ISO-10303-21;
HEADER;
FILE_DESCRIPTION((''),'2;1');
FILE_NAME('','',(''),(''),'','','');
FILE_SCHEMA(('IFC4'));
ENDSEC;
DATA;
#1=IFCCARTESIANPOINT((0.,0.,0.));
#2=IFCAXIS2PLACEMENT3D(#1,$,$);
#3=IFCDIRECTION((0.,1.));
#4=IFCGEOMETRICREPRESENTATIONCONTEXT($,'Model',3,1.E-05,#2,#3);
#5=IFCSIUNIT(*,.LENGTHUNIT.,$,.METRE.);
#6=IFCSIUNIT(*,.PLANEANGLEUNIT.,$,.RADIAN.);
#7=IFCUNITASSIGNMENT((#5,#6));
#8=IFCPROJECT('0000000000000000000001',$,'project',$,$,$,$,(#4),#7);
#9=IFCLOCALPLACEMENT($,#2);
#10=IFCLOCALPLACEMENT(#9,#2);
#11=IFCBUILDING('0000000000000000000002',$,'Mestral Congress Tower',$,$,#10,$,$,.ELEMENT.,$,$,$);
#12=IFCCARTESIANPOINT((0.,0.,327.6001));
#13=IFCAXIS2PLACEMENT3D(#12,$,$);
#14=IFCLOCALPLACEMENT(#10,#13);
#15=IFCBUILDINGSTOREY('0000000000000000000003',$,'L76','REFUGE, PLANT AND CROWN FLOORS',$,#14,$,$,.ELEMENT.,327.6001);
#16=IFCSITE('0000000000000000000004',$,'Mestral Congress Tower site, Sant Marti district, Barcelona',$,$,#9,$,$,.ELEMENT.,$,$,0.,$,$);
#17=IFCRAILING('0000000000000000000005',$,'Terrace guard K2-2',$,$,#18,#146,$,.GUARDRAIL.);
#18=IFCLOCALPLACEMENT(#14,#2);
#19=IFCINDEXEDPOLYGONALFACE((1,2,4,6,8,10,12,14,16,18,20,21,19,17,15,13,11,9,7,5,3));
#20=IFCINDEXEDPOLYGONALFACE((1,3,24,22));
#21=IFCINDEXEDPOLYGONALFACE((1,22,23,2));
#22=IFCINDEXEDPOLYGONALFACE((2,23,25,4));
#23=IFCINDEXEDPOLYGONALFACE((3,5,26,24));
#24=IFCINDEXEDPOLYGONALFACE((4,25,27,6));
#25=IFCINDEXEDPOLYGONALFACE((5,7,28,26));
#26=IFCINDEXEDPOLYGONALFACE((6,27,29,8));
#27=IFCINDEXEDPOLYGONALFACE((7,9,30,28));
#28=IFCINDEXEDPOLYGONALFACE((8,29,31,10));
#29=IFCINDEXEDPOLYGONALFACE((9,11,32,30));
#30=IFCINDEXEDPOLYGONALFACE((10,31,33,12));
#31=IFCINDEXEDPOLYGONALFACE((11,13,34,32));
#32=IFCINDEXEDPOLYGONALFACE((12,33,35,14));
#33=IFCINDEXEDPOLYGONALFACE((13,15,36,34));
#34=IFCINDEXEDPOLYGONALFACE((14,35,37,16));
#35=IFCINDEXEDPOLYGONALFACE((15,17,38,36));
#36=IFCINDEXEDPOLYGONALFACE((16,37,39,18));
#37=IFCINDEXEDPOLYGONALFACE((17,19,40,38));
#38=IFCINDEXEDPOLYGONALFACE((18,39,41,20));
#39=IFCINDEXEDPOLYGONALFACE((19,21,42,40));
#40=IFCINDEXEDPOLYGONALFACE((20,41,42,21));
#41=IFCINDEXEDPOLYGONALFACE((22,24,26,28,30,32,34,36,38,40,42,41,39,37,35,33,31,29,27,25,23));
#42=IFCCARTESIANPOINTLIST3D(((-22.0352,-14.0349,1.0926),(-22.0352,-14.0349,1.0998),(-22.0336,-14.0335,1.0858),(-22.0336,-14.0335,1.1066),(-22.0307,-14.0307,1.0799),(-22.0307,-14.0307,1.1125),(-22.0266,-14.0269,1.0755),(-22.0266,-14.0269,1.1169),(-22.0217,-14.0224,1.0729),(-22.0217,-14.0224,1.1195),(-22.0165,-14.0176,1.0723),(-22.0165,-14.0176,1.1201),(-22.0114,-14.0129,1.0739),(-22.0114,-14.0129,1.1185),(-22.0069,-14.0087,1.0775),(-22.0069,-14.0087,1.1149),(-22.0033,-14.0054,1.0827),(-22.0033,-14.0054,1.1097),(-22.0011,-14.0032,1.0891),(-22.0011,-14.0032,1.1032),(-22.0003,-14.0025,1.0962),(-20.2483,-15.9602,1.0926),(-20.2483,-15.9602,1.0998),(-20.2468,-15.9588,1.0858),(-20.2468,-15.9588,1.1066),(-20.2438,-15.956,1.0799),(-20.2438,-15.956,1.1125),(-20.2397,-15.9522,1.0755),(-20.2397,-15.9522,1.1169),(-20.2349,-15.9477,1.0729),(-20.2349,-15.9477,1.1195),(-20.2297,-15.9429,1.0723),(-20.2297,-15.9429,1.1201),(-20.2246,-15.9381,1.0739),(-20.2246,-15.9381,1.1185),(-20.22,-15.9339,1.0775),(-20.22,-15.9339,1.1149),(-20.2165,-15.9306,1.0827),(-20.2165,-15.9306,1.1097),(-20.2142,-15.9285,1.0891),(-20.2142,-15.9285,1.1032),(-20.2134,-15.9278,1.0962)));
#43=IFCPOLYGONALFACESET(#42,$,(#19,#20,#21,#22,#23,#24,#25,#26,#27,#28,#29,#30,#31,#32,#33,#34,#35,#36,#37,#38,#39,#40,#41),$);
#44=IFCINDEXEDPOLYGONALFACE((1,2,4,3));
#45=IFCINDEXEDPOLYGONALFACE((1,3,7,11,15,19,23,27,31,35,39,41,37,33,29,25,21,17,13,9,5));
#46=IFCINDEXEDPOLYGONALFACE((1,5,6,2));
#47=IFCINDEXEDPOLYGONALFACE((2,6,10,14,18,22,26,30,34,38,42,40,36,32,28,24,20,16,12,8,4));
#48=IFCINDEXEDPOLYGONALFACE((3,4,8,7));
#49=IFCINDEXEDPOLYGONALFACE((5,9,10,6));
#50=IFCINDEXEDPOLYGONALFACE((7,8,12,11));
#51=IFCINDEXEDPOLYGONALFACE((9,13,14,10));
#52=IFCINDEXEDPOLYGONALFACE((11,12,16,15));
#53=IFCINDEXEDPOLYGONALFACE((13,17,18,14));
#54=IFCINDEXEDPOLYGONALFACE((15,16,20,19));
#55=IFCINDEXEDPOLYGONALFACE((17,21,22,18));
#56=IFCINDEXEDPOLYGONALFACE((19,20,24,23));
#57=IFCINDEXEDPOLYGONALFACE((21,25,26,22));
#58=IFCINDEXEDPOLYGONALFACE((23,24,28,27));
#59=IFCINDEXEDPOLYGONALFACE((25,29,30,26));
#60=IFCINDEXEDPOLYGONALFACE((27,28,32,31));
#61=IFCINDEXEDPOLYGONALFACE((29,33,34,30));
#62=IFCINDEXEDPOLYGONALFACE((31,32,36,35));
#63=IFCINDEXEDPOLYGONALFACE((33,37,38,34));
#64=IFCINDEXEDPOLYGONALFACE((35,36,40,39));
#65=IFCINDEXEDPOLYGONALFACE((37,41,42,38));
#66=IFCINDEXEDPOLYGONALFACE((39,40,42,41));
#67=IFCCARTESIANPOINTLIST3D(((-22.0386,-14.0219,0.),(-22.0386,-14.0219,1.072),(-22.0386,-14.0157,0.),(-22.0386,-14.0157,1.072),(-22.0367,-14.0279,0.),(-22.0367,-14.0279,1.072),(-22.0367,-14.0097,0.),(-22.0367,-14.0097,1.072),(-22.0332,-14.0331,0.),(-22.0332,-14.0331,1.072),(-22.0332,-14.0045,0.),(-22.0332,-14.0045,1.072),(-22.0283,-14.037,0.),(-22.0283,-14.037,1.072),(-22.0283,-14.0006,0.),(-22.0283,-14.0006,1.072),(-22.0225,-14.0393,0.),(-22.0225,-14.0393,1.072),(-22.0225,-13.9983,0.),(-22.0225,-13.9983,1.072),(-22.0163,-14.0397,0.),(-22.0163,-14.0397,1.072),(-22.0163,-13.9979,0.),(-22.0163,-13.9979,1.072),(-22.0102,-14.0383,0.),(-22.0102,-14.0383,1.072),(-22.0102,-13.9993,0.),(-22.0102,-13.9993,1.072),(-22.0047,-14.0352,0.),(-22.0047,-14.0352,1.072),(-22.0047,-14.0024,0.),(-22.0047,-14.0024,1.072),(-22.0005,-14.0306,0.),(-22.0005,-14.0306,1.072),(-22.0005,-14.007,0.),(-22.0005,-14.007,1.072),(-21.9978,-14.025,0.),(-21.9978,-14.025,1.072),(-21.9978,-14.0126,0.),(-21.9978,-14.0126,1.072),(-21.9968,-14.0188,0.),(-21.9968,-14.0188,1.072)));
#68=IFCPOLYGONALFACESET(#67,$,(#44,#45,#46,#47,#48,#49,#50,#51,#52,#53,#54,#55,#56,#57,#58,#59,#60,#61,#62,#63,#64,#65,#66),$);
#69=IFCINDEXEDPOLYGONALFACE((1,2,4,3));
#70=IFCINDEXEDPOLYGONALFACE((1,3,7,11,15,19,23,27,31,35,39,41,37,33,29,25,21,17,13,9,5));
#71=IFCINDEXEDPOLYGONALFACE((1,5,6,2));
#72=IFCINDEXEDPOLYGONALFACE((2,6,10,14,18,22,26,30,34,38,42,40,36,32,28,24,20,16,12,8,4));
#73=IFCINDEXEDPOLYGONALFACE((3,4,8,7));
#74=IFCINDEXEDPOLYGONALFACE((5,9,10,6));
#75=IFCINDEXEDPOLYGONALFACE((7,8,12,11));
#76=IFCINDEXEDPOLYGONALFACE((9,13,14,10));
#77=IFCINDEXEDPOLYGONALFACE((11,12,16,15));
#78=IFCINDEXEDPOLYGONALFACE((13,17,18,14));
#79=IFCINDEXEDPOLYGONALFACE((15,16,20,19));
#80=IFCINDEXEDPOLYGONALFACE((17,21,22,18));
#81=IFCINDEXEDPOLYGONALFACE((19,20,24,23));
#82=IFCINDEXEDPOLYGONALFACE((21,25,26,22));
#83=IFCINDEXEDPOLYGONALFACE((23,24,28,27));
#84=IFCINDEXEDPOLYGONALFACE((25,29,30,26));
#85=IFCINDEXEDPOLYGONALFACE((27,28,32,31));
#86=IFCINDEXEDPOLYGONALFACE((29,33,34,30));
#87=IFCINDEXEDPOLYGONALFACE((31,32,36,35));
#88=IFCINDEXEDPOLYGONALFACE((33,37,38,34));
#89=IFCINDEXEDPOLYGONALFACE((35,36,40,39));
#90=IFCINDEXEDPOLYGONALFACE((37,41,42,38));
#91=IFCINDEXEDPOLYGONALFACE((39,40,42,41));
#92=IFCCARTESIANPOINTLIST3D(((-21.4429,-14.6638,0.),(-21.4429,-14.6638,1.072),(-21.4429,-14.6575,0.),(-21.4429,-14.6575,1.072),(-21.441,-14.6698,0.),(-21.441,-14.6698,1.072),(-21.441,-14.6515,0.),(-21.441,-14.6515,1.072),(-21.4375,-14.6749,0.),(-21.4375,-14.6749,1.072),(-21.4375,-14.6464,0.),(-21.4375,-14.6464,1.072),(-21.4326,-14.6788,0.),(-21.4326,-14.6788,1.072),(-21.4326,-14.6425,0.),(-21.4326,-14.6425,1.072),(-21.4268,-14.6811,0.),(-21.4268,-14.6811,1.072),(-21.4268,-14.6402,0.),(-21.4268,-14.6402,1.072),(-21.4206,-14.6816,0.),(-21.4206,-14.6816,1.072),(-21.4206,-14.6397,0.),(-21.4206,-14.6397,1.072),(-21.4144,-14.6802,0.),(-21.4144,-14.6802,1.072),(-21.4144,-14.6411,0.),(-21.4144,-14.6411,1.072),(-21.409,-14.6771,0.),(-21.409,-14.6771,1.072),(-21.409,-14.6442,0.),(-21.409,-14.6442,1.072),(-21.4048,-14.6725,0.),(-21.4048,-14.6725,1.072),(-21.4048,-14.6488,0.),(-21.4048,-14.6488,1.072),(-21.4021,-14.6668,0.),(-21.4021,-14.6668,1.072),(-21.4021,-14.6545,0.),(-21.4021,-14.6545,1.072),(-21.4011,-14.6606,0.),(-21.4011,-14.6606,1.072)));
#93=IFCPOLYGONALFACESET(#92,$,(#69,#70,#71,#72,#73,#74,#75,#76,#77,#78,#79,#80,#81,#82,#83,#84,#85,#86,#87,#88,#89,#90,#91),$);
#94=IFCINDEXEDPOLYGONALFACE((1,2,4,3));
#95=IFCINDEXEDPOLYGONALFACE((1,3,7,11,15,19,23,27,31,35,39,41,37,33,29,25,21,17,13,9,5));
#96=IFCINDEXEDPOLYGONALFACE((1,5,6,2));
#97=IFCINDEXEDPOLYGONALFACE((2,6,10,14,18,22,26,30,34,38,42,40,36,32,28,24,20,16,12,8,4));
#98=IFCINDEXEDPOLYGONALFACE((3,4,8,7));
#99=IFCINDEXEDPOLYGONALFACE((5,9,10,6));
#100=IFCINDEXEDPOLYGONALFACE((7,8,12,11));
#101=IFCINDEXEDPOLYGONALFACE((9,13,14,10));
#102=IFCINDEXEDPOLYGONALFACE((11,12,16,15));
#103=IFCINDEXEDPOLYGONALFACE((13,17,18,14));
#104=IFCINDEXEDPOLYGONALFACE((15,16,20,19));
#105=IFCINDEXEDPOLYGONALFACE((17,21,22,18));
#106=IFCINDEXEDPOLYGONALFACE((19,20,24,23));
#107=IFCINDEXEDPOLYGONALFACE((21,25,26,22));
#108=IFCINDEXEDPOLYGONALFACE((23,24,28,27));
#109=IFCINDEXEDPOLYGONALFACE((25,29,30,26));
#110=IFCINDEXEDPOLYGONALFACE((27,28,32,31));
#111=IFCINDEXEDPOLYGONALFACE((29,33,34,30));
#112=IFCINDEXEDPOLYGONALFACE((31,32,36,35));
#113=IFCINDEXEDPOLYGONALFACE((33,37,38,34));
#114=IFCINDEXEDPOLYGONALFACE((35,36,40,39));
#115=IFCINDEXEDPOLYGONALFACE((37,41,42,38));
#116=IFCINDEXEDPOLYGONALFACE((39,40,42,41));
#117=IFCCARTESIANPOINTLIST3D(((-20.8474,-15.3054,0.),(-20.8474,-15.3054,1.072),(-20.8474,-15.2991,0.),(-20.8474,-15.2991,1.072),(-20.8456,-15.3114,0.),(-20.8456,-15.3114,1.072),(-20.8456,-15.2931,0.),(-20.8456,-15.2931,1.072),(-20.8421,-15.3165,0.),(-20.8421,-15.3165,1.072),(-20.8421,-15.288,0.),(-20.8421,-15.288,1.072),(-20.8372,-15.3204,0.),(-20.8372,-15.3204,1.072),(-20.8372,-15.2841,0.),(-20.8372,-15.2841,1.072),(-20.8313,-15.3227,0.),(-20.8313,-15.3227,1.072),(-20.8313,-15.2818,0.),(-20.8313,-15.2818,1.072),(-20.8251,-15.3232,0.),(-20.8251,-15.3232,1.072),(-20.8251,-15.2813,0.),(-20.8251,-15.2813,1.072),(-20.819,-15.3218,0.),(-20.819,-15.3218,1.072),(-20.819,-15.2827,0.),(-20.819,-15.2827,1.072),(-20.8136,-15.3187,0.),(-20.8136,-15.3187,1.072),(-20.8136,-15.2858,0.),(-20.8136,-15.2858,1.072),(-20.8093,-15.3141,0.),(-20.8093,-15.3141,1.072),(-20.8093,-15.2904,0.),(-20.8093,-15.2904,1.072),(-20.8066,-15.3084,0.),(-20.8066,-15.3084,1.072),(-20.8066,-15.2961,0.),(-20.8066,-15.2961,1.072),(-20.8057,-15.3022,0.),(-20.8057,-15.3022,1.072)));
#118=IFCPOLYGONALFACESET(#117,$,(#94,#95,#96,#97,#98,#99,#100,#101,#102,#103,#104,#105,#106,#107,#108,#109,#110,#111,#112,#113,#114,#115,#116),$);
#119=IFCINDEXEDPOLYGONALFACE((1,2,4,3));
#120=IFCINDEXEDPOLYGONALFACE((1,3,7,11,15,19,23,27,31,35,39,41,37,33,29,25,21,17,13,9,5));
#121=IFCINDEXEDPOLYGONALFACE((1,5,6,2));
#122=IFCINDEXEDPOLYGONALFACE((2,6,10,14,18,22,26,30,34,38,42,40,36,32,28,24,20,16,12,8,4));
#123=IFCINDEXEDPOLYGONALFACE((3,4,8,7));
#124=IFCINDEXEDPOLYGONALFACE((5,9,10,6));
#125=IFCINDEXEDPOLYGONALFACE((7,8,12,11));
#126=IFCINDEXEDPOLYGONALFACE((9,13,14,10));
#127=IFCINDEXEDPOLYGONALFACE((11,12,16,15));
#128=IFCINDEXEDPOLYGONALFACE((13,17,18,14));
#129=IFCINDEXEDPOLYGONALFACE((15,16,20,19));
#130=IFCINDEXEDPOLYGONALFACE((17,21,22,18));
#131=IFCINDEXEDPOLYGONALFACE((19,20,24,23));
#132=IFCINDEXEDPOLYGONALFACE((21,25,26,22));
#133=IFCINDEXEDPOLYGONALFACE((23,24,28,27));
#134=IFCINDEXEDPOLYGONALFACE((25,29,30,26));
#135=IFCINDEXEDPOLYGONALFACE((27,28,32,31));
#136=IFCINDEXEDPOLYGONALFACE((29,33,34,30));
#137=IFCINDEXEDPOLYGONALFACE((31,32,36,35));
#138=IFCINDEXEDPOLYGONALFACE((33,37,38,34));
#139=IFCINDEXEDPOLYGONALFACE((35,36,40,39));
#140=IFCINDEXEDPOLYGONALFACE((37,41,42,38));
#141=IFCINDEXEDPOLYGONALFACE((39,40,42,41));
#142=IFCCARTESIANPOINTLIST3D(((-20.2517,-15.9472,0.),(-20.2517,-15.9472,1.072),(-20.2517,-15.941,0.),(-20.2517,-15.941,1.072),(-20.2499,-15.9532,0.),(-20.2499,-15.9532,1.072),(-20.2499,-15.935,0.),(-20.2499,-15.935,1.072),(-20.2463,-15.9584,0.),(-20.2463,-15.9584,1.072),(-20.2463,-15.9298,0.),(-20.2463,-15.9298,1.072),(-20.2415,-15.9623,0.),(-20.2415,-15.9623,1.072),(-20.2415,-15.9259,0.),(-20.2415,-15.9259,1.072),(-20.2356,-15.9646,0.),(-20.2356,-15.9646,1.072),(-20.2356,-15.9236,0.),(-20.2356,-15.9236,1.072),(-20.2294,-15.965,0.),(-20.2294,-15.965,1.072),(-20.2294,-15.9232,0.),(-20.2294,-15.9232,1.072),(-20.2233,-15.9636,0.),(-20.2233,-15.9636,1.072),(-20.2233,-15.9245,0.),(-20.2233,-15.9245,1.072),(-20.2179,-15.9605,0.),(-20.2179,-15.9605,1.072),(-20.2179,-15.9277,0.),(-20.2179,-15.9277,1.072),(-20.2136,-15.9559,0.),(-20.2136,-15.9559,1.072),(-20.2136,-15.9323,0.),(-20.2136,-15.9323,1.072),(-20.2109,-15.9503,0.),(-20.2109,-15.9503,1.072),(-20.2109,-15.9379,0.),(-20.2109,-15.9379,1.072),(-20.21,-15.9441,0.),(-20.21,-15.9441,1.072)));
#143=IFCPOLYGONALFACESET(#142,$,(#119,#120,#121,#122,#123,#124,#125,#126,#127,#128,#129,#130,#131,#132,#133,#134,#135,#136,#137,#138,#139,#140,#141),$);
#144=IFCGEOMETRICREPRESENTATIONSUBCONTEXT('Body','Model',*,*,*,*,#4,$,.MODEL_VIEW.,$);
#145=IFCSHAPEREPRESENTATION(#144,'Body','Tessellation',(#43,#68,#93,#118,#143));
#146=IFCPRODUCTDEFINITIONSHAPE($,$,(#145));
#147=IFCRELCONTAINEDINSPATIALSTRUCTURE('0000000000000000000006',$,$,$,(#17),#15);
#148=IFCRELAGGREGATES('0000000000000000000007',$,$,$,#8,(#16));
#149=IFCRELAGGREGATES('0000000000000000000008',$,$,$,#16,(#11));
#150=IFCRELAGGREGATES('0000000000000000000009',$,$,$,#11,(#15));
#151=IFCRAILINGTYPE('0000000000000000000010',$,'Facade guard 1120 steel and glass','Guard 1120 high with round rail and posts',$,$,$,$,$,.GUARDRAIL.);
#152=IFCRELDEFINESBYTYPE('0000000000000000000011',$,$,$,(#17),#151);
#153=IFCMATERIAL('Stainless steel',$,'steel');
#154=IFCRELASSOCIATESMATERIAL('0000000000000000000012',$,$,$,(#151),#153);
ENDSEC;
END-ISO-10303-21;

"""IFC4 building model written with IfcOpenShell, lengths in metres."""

from ifc_helpers import new_model, si_unit, direction, frame, origin, origin_2d, place, context, subcontext, project, spatial, circle, extrude, material, type_object, element, save


model = new_model("IFC4")

# Units and contexts
model_context = context("Model", 3, precision=1e-05, world=origin(), true_north=direction((0.0, 1.0)))
body_context = subcontext(model_context, "Body", "Model", "MODEL_VIEW")
ifc_project = project(units=[si_unit("LENGTHUNIT", "METRE"), si_unit("PLANEANGLEUNIT", "RADIAN")], contexts=[model_context])

# Site, building, storey
site_placement = place(None, origin())
site = spatial("IfcSite", under=ifc_project, at=site_placement, Name="Mestral Congress Tower site, Sant Marti district, Barcelona", CompositionType="ELEMENT", RefElevation=0.0)
building_placement = place(site_placement, origin())
building = spatial("IfcBuilding", under=site, at=building_placement, Name="Mestral Congress Tower", CompositionType="ELEMENT")
storey_placement = place(building_placement, frame((0.0, 0.0, 327.6001)))
storey = spatial("IfcBuildingStorey", under=building, at=storey_placement, Name="L76", Description="REFUGE, PLANT AND CROWN FLOORS", CompositionType="ELEMENT", Elevation=327.6001)

# Railing
ifc_material_1 = material(Name="Stainless steel", Category="steel")
railing_type = type_object("IfcRailingType", Name="Facade guard 1120 steel and glass", Description="Guard 1120 high with round rail and posts", PredefinedType="GUARDRAIL", material=ifc_material_1)
railing_1_placement = place(storey_placement, frame((-22.0178, -14.0188, 0.0)))
element("IfcRailing", 1, at=railing_1_placement, inside=storey, type_object=railing_type, Name="Terrace guard K2-2", PredefinedType="GUARDRAIL", context=body_context, shape_type="SweptSolid", body=[
    extrude(circle(Radius=0.0239, at=origin_2d()), frame((0.0, 0.0, 1.0962), z_axis=(0.680266, -0.732966, 0.0), x_axis=(0.732966, 0.680266, 0.0)), (0.0, 0.0, 1.0), 2.6267),
    extrude(circle(Radius=0.021, at=origin_2d()), origin(), (0.0, 0.0, 1.0), 1.072),
    extrude(circle(Radius=0.021, at=origin_2d()), frame((0.5957, -0.6418, 0.0)), (0.0, 0.0, 1.0), 1.072),
    extrude(circle(Radius=0.021, at=origin_2d()), frame((1.1912, -1.2834, 0.0)), (0.0, 0.0, 1.0), 1.072),
    extrude(circle(Radius=0.021, at=origin_2d()), frame((1.7869, -1.9253, 0.0)), (0.0, 0.0, 1.0), 1.072),
])

save(model, "model.ifc")
